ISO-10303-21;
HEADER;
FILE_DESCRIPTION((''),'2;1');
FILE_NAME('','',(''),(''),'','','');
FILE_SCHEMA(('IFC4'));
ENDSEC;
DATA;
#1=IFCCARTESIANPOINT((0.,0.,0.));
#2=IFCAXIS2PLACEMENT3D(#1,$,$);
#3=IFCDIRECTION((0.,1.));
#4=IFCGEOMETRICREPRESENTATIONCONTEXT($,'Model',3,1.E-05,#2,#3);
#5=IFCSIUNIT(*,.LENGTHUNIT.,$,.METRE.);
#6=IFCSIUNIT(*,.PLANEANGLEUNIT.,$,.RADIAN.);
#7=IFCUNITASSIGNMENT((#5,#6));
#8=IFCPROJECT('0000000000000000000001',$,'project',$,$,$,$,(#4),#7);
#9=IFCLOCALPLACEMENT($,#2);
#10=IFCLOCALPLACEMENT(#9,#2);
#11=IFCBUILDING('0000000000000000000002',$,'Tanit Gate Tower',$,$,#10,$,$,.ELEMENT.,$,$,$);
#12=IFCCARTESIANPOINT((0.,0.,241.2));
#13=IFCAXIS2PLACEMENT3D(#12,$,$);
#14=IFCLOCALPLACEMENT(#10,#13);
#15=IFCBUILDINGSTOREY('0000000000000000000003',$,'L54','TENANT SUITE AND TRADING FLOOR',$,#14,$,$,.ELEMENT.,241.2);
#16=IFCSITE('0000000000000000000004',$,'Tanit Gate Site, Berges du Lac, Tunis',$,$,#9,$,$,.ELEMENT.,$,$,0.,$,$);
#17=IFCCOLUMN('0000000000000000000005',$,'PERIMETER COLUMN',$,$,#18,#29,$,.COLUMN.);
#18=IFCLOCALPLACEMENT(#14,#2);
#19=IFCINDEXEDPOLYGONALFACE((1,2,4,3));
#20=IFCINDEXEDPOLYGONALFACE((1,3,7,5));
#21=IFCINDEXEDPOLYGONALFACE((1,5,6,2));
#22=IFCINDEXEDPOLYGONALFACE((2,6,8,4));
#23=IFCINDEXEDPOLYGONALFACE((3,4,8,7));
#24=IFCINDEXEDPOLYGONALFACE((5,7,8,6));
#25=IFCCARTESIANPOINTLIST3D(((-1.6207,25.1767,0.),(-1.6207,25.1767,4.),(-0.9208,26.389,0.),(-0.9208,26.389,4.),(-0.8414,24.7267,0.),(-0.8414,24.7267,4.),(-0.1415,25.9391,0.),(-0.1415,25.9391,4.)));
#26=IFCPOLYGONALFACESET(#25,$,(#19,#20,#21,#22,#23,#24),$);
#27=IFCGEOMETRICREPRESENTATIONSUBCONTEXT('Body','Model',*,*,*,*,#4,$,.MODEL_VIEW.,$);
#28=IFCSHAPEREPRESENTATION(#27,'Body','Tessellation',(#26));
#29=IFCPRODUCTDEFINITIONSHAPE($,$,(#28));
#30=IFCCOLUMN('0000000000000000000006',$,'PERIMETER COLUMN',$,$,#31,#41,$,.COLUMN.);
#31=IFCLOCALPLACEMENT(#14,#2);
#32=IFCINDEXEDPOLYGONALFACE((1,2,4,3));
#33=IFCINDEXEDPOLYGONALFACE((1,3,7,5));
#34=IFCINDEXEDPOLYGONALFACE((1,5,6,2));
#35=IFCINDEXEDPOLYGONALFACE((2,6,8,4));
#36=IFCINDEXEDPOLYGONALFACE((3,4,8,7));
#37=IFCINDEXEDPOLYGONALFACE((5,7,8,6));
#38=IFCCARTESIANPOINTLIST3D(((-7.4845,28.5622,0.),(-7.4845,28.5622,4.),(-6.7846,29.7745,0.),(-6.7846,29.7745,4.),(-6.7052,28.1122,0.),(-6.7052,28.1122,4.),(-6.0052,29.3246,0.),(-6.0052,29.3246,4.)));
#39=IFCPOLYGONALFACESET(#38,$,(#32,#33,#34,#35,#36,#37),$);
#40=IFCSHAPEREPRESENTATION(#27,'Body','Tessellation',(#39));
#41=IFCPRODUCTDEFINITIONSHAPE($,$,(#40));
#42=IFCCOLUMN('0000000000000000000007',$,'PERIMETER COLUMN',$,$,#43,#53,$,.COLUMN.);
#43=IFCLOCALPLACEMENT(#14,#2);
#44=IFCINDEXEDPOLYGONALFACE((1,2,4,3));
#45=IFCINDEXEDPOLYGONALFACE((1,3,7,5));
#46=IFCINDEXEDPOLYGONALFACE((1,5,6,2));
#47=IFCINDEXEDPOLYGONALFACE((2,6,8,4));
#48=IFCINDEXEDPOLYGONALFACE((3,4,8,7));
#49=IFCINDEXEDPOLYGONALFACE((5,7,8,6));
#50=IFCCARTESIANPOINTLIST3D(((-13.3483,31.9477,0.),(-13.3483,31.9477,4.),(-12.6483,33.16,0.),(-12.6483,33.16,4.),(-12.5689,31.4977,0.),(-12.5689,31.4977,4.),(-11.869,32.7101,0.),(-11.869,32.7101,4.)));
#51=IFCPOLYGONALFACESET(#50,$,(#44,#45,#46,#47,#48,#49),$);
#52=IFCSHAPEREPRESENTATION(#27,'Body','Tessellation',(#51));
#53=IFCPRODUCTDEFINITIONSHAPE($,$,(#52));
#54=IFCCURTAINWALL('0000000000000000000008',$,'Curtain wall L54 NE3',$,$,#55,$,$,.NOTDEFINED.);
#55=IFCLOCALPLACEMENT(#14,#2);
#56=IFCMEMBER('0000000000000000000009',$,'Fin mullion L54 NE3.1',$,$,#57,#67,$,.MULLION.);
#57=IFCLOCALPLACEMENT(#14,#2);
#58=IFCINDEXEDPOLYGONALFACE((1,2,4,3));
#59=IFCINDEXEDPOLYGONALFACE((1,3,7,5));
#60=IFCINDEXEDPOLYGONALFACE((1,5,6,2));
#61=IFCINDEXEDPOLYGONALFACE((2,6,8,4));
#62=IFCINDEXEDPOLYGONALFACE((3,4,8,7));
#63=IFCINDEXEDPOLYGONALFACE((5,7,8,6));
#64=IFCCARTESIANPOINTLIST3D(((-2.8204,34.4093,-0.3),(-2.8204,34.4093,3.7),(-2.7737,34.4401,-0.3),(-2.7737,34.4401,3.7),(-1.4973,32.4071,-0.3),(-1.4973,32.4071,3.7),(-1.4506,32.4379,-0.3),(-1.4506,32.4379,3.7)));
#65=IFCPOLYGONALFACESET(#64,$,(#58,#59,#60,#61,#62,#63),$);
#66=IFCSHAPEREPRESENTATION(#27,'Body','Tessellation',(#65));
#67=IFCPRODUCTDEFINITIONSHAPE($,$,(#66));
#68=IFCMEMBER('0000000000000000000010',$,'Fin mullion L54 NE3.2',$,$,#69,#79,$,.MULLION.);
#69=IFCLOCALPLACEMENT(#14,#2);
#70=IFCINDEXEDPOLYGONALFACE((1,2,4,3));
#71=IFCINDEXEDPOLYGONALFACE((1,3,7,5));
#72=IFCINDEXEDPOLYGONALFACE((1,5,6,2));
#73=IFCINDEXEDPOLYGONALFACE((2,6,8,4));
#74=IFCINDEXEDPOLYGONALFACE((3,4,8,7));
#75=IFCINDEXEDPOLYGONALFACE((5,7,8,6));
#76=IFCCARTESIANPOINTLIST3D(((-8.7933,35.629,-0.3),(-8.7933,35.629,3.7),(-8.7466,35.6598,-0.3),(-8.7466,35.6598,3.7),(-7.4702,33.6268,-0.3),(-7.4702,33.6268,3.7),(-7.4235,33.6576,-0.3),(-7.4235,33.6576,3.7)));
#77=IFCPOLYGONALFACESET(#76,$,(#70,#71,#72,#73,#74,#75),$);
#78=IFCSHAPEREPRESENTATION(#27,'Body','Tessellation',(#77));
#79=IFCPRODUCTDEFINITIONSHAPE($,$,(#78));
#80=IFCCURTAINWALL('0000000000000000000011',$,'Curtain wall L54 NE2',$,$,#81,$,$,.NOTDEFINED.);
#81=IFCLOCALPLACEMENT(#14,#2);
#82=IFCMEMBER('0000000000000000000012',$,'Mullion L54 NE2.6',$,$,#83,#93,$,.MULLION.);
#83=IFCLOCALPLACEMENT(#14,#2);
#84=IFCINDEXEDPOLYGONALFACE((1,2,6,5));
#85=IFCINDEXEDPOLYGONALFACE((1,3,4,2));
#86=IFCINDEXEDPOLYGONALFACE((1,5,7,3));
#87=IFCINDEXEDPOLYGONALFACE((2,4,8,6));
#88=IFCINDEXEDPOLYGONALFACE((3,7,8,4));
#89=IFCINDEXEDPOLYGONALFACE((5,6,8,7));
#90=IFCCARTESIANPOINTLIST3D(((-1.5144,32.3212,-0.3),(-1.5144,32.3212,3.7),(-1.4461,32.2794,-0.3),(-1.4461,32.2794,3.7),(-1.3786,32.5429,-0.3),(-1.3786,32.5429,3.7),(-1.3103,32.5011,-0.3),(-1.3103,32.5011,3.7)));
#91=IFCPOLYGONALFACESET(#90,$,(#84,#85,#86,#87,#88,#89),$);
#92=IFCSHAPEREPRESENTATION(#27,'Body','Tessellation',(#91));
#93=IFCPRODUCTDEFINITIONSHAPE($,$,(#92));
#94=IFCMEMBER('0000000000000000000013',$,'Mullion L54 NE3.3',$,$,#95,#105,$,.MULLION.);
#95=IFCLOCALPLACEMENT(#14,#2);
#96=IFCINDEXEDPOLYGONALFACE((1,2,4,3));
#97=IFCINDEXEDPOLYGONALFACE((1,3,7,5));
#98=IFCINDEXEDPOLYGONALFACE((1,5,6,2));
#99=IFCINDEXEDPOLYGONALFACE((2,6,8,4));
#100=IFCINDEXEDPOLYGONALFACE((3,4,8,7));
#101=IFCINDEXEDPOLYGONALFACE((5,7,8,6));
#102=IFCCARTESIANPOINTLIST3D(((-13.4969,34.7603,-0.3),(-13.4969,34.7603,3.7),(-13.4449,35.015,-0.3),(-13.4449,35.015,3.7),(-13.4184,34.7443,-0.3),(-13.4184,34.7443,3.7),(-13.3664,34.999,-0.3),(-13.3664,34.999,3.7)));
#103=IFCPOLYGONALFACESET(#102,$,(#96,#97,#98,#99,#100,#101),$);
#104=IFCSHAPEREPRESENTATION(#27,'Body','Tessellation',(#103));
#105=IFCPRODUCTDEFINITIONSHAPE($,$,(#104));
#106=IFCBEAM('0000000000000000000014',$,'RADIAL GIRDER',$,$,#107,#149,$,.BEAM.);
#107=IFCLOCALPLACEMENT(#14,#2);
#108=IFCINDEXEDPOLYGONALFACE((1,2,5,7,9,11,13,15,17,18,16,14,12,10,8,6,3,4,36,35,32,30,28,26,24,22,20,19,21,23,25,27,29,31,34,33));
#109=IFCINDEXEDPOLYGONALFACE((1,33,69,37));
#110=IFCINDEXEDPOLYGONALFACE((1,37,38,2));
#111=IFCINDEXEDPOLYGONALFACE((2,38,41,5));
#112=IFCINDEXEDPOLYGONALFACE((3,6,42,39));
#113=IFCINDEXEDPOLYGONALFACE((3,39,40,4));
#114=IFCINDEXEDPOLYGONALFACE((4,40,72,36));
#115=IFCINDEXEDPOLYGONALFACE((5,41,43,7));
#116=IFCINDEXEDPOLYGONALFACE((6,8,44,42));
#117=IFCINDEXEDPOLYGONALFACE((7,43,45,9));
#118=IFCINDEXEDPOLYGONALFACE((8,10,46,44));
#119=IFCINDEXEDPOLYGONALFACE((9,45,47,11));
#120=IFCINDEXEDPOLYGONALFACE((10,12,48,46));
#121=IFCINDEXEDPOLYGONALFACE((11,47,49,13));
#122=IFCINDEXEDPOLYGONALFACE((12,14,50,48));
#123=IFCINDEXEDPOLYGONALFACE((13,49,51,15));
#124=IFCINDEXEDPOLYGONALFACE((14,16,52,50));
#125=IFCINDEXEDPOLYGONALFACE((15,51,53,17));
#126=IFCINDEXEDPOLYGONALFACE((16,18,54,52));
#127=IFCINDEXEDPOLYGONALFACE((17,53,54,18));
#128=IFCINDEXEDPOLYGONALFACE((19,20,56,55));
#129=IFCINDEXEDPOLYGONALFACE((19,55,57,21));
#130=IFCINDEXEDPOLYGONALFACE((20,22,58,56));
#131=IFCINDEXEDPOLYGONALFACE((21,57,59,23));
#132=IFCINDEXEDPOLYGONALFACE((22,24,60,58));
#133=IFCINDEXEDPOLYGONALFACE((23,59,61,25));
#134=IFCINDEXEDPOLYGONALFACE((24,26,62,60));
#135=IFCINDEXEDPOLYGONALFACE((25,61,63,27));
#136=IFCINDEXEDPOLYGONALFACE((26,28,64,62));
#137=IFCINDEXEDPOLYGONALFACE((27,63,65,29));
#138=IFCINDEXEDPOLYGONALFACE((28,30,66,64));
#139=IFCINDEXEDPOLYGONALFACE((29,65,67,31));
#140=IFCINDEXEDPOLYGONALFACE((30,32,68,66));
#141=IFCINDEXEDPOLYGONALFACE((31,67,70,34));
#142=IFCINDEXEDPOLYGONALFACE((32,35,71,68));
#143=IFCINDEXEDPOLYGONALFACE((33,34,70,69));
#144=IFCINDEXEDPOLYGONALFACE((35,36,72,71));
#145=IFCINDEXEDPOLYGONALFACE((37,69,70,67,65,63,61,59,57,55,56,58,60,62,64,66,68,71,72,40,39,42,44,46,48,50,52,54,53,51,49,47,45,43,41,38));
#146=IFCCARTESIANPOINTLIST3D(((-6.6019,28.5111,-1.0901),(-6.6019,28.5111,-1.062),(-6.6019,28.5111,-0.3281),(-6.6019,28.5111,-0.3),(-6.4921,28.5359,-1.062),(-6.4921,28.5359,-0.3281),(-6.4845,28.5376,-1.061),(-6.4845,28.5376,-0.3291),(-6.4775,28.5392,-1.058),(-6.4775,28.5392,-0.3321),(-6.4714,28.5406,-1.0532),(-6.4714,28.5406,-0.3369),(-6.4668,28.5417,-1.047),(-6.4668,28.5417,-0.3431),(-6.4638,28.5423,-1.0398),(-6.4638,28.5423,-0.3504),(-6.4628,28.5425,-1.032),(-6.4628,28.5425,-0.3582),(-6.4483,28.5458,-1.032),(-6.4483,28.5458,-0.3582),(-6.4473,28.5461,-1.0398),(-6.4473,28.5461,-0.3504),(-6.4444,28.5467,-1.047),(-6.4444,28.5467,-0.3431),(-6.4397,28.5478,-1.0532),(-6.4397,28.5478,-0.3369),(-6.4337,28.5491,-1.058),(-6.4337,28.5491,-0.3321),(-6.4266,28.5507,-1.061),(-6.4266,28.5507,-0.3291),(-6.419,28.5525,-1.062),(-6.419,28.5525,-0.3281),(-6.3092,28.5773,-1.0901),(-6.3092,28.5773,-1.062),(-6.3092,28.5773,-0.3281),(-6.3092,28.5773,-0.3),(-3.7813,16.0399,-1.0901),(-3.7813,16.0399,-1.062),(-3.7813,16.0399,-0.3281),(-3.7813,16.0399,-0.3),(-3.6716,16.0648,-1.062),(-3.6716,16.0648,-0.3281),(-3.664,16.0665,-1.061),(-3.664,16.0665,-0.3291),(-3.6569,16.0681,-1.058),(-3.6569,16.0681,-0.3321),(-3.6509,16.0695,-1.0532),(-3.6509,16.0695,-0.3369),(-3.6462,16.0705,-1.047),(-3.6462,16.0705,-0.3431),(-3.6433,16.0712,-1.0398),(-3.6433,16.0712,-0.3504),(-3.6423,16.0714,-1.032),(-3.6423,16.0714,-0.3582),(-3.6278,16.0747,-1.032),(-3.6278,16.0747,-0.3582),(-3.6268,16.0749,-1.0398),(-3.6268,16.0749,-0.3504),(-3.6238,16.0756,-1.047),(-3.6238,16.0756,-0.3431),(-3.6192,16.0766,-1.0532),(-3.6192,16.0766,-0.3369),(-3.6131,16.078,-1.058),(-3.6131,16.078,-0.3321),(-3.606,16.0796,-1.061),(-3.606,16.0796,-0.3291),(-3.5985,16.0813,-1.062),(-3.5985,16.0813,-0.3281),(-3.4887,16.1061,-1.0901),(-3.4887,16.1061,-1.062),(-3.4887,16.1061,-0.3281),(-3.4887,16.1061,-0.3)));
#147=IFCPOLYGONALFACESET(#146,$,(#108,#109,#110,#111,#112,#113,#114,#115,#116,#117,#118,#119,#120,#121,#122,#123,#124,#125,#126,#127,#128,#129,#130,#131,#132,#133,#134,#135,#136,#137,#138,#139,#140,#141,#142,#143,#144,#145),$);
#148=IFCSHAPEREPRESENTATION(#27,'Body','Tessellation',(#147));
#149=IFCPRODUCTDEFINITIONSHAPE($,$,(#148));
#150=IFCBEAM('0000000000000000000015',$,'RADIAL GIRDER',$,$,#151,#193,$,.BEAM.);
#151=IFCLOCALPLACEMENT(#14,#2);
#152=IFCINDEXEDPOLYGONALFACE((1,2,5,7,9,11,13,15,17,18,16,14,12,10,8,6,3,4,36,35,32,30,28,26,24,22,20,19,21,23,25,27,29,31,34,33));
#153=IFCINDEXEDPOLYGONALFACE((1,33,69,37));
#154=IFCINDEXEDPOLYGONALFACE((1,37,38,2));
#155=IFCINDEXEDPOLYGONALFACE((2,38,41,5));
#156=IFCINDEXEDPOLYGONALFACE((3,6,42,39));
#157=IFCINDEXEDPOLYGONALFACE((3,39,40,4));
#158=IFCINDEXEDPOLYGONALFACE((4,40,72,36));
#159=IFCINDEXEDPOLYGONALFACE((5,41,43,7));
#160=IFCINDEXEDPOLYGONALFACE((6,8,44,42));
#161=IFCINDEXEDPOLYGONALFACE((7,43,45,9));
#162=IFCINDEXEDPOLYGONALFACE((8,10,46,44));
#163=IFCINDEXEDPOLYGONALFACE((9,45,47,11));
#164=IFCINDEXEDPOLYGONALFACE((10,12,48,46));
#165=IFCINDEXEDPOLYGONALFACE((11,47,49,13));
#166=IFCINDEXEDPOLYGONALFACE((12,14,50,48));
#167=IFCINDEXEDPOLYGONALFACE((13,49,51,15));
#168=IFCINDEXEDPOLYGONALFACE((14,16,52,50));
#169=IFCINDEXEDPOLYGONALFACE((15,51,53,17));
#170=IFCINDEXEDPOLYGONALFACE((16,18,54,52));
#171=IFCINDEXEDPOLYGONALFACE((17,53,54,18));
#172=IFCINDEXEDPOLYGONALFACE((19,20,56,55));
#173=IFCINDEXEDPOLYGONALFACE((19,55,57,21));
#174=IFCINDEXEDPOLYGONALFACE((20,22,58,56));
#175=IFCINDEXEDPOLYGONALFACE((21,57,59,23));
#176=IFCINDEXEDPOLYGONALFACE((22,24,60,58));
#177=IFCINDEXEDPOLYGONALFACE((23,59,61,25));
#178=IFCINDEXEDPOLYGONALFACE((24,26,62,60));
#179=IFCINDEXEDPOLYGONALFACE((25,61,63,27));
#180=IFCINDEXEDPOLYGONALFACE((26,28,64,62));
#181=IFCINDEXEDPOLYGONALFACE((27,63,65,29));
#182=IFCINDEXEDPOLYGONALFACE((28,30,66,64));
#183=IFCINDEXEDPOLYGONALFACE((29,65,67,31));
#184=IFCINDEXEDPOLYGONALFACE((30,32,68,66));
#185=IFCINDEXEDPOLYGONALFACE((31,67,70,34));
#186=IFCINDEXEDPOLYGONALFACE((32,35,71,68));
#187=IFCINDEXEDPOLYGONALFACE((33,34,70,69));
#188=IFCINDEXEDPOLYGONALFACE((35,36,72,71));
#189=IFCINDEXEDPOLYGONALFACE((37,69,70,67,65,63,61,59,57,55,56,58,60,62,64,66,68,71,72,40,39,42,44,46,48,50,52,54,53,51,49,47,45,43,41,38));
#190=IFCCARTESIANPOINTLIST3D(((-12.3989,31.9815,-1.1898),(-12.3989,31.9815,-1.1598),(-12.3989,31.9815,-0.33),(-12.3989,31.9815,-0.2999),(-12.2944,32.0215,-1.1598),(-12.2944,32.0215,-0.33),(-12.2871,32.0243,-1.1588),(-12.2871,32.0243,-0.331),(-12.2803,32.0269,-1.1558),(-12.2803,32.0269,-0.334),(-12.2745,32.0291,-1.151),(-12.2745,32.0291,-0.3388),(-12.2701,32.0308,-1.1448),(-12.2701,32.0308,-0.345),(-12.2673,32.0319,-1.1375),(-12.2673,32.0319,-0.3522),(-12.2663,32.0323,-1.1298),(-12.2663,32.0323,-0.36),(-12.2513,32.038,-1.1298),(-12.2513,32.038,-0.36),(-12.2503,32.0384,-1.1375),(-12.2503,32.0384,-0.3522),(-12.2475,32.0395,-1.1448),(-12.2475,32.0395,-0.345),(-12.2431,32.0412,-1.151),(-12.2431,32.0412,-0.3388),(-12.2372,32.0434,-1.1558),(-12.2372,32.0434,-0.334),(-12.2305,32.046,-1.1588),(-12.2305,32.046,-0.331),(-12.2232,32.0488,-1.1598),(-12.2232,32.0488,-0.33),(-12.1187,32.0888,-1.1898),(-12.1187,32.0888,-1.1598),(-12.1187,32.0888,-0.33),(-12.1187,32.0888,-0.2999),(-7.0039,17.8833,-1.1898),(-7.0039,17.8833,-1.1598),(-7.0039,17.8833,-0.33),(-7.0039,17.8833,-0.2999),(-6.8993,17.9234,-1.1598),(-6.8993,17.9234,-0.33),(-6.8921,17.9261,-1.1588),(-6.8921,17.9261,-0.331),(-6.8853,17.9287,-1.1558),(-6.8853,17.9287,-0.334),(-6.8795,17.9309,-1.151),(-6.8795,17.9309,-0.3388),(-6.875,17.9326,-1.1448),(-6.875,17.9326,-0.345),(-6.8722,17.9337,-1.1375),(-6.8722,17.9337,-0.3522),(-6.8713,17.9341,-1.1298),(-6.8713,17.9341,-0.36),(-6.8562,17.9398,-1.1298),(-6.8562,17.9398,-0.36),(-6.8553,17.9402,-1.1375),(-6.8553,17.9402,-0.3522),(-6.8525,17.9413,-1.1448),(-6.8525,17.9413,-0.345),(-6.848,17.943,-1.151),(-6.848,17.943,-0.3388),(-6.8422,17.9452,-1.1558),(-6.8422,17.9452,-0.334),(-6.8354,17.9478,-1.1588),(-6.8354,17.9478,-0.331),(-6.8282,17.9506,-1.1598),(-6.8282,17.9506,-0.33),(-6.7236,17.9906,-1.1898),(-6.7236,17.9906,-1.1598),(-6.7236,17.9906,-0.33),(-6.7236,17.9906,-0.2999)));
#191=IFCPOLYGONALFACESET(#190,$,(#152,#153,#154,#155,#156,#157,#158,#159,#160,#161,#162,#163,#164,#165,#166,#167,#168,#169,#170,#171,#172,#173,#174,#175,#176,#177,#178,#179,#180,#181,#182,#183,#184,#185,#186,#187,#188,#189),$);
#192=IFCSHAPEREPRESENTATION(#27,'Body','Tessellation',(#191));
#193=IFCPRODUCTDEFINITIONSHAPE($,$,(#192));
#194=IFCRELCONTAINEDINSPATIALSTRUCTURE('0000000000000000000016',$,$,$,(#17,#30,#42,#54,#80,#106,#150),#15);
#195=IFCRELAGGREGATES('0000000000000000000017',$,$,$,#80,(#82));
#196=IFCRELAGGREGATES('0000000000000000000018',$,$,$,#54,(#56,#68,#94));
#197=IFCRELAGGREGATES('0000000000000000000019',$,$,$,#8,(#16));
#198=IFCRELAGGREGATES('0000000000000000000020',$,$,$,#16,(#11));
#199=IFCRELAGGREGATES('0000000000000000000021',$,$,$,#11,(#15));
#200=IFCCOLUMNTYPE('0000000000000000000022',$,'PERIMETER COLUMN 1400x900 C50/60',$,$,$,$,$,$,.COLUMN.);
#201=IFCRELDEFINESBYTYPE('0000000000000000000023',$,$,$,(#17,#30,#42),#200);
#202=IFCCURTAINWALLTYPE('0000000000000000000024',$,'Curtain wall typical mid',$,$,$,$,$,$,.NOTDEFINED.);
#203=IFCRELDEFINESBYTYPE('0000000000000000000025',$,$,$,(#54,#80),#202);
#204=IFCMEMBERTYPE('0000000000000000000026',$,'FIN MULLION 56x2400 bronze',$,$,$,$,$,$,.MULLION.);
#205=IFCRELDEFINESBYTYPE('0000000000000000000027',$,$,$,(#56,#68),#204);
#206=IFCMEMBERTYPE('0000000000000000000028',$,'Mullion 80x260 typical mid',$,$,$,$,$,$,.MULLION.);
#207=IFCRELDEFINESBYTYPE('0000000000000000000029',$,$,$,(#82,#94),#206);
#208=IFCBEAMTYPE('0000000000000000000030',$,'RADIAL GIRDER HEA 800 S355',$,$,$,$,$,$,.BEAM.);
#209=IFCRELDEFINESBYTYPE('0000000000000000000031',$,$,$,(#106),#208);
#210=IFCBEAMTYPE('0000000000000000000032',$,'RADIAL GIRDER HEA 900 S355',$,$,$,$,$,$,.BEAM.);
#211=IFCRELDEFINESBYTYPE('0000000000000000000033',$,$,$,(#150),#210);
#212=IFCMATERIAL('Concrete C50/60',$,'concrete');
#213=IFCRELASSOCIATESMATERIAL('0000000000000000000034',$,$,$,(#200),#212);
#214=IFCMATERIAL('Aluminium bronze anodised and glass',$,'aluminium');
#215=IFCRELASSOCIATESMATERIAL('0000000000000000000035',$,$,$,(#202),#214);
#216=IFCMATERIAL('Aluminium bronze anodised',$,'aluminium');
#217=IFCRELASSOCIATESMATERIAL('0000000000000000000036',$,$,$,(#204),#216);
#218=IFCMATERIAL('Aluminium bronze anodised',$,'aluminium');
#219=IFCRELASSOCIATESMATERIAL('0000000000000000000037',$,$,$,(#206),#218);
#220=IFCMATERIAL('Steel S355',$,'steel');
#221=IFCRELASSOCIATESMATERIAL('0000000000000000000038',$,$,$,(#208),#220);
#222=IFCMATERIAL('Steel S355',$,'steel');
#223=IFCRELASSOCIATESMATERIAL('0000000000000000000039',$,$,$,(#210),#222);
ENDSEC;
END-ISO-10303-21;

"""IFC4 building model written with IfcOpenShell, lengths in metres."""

from ifc_helpers import new_model, si_unit, direction, frame, origin, origin_2d, place, context, subcontext, project, spatial, rectangle, i_section, extrude, material, material_profile, profile_set, type_object, element, aggregate, save


model = new_model("IFC4")

# Units and contexts
model_context = context("Model", 3, precision=1e-05, world=origin(), true_north=direction((0.0, 1.0)))
body_context = subcontext(model_context, "Body", "Model", "MODEL_VIEW")
ifc_project = project(units=[si_unit("LENGTHUNIT", "METRE"), si_unit("PLANEANGLEUNIT", "RADIAN")], contexts=[model_context])

# Site, building, storey
site_placement = place(None, origin())
site = spatial("IfcSite", under=ifc_project, at=site_placement, Name="Tanit Gate Site, Berges du Lac, Tunis", CompositionType="ELEMENT", RefElevation=0.0)
building_placement = place(site_placement, origin())
building = spatial("IfcBuilding", under=site, at=building_placement, Name="Tanit Gate Tower", CompositionType="ELEMENT")
storey_placement = place(building_placement, frame((0.0, 0.0, 241.2)))
storey = spatial("IfcBuildingStorey", under=building, at=storey_placement, Name="L54", Description="TENANT SUITE AND TRADING FLOOR", CompositionType="ELEMENT", Elevation=241.2)

# Columns
ifc_material_1 = material(Name="Concrete C50/60", Category="concrete")
ifc_material_profile_1 = material_profile(ifc_material_1, rectangle(XDim=1.3999, YDim=0.8999, at=origin_2d()), Name="RC 1400x900")
ifc_profile_set_1 = profile_set([ifc_material_profile_1], Name="Concrete C50/60")
column_type = type_object("IfcColumnType", Name="PERIMETER COLUMN 1400x900 C50/60", PredefinedType="COLUMN", material=ifc_profile_set_1)
for number, where, z_axis, x_axis, name in (
    (1, (-0.8811, 25.5579, 0.0), (0.0, 0.0, 1.0), (0.5, 0.866025, 0.0), "PERIMETER COLUMN"),
    (2, (-6.7449, 28.9434, 0.0), (0.0, 0.0, 1.0), (0.5, 0.866025, 0.0), "PERIMETER COLUMN"),
    (3, (-12.6086, 32.3289, 0.0), (0.0, 0.0, 1.0), (0.5, 0.866025, 0.0), "PERIMETER COLUMN"),
):
    element("IfcColumn", number, at=place(storey_placement, frame(where, z_axis=z_axis, x_axis=x_axis)), inside=storey, type_object=column_type, Name=name, PredefinedType="COLUMN", context=body_context, shape_type="SweptSolid", body=[
        extrude(rectangle(XDim=1.3999, YDim=0.8999, at=origin_2d()), origin(), (0.0, 0.0, 1.0), 4.0),
    ])

# Curtain wall, members
ifc_material_2 = material(Name="Aluminium bronze anodised and glass", Category="aluminium")
curtain_wall_type = type_object("IfcCurtainWallType", Name="Curtain wall typical mid", PredefinedType="NOTDEFINED", material=ifc_material_2)
curtain_wall_1_placement = place(storey_placement, origin())
curtain_wall_1 = element("IfcCurtainWall", 4, at=curtain_wall_1_placement, inside=storey, type_object=curtain_wall_type, Name="Curtain wall L54 NE3", PredefinedType="NOTDEFINED")
ifc_material_3 = material(Name="Aluminium bronze anodised", Category="aluminium")
ifc_material_profile_2 = material_profile(ifc_material_3, rectangle(XDim=2.3999, YDim=0.0559, at=origin_2d()), Name="56x2400 bronze fin mullion")
ifc_profile_set_2 = profile_set([ifc_material_profile_2], Name="Aluminium bronze anodised")
member_type_1 = type_object("IfcMemberType", Name="FIN MULLION 56x2400 bronze", PredefinedType="MULLION", material=ifc_profile_set_2)
member_1_placement = place(storey_placement, frame((-2.1355, 33.4236, -0.3), z_axis=(0.0, 0.0, 1.0), x_axis=(0.551315, -0.834297, 0.0)))
member_1 = element("IfcMember", 5, at=member_1_placement, type_object=member_type_1, Name="Fin mullion L54 NE3.1", PredefinedType="MULLION", context=body_context, shape_type="SweptSolid", body=[
    extrude(rectangle(XDim=2.3999, YDim=0.0559, at=origin_2d()), origin(), (0.0, 0.0, 1.0), 4.0),
])
member_2_placement = place(storey_placement, frame((-8.1084, 34.6433, -0.3), z_axis=(0.0, 0.0, 1.0), x_axis=(0.551315, -0.834297, 0.0)))
member_2 = element("IfcMember", 6, at=member_2_placement, type_object=member_type_1, Name="Fin mullion L54 NE3.2", PredefinedType="MULLION", context=body_context, shape_type="SweptSolid", body=[
    extrude(rectangle(XDim=2.3999, YDim=0.0559, at=origin_2d()), origin(), (0.0, 0.0, 1.0), 4.0),
])

# Curtain wall, member
curtain_wall_2_placement = place(storey_placement, origin())
curtain_wall_2 = element("IfcCurtainWall", 7, at=curtain_wall_2_placement, inside=storey, type_object=curtain_wall_type, Name="Curtain wall L54 NE2", PredefinedType="NOTDEFINED")
ifc_material_4 = material(Name="Aluminium bronze anodised", Category="aluminium")
ifc_material_profile_3 = material_profile(ifc_material_4, rectangle(XDim=0.26, YDim=0.0801, at=origin_2d()), Name="80x260 bronze mullion")
ifc_profile_set_3 = profile_set([ifc_material_profile_3], Name="Aluminium bronze anodised")
member_type_2 = type_object("IfcMemberType", Name="Mullion 80x260 typical mid", PredefinedType="MULLION", material=ifc_profile_set_3)
member_3_placement = place(storey_placement, frame((-1.4124, 32.4111, -0.3), z_axis=(0.0, 0.0, 1.0), x_axis=(-0.522283, -0.852772, 0.0)))
member_3 = element("IfcMember", 8, at=member_3_placement, type_object=member_type_2, Name="Mullion L54 NE2.6", PredefinedType="MULLION", context=body_context, shape_type="SweptSolid", body=[
    extrude(rectangle(XDim=0.26, YDim=0.0801, at=origin_2d()), origin(), (0.0, 0.0, 1.0), 4.0),
])
aggregate(curtain_wall_2, [member_3])

# Member
member_4_placement = place(storey_placement, frame((-13.4316, 34.8796, -0.3), z_axis=(0.0, 0.0, 1.0), x_axis=(-0.200098, -0.979776, 0.0)))
member_4 = element("IfcMember", 9, at=member_4_placement, type_object=member_type_2, Name="Mullion L54 NE3.3", PredefinedType="MULLION", context=body_context, shape_type="SweptSolid", body=[
    extrude(rectangle(XDim=0.26, YDim=0.0801, at=origin_2d()), origin(), (0.0, 0.0, 1.0), 4.0),
])

# Beams
ifc_material_5 = material(Name="Steel S355", Category="steel")
ifc_material_profile_4 = material_profile(ifc_material_5, i_section(OverallWidth=0.3, OverallDepth=0.79, WebThickness=0.0149, FlangeThickness=0.0281, FilletRadius=0.03, at=origin_2d()), Name="HEA 800")
ifc_profile_set_4 = profile_set([ifc_material_profile_4], Name="Steel S355")
beam_type_1 = type_object("IfcBeamType", Name="RADIAL GIRDER HEA 800 S355", PredefinedType="BEAM", material=ifc_profile_set_4)
beam_1_placement = place(storey_placement, frame((-6.4556, 28.5442, -0.6951), z_axis=(0.220594, -0.975366, 0.0), x_axis=(0.975366, 0.220594, 0.0)))
element("IfcBeam", 10, at=beam_1_placement, inside=storey, type_object=beam_type_1, Name="RADIAL GIRDER", PredefinedType="BEAM", context=body_context, shape_type="SweptSolid", body=[
    extrude(i_section(OverallWidth=0.3, OverallDepth=0.79, WebThickness=0.0149, FlangeThickness=0.0281, FilletRadius=0.03, at=origin_2d()), origin(), (0.0, 0.0, 1.0), 12.7861),
])
ifc_material_6 = material(Name="Steel S355", Category="steel")
ifc_material_profile_5 = material_profile(ifc_material_6, i_section(OverallWidth=0.3, OverallDepth=0.8899, WebThickness=0.0161, FlangeThickness=0.03, FilletRadius=0.03, at=origin_2d()), Name="HEA 900")
ifc_profile_set_5 = profile_set([ifc_material_profile_5], Name="Steel S355")
beam_type_2 = type_object("IfcBeamType", Name="RADIAL GIRDER HEA 900 S355", PredefinedType="BEAM", material=ifc_profile_set_5)
beam_2_placement = place(storey_placement, frame((-12.2588, 32.0352, -0.7449), z_axis=(0.357401, -0.933951, 0.0), x_axis=(0.933951, 0.357401, 0.0)))
element("IfcBeam", 11, at=beam_2_placement, inside=storey, type_object=beam_type_2, Name="RADIAL GIRDER", PredefinedType="BEAM", context=body_context, shape_type="SweptSolid", body=[
    extrude(i_section(OverallWidth=0.3, OverallDepth=0.8899, WebThickness=0.0161, FlangeThickness=0.03, FilletRadius=0.03, at=origin_2d()), origin(), (0.0, 0.0, 1.0), 15.0952),
])

aggregate(curtain_wall_1, [member_1, member_2, member_4])

save(model, "model.ifc")
